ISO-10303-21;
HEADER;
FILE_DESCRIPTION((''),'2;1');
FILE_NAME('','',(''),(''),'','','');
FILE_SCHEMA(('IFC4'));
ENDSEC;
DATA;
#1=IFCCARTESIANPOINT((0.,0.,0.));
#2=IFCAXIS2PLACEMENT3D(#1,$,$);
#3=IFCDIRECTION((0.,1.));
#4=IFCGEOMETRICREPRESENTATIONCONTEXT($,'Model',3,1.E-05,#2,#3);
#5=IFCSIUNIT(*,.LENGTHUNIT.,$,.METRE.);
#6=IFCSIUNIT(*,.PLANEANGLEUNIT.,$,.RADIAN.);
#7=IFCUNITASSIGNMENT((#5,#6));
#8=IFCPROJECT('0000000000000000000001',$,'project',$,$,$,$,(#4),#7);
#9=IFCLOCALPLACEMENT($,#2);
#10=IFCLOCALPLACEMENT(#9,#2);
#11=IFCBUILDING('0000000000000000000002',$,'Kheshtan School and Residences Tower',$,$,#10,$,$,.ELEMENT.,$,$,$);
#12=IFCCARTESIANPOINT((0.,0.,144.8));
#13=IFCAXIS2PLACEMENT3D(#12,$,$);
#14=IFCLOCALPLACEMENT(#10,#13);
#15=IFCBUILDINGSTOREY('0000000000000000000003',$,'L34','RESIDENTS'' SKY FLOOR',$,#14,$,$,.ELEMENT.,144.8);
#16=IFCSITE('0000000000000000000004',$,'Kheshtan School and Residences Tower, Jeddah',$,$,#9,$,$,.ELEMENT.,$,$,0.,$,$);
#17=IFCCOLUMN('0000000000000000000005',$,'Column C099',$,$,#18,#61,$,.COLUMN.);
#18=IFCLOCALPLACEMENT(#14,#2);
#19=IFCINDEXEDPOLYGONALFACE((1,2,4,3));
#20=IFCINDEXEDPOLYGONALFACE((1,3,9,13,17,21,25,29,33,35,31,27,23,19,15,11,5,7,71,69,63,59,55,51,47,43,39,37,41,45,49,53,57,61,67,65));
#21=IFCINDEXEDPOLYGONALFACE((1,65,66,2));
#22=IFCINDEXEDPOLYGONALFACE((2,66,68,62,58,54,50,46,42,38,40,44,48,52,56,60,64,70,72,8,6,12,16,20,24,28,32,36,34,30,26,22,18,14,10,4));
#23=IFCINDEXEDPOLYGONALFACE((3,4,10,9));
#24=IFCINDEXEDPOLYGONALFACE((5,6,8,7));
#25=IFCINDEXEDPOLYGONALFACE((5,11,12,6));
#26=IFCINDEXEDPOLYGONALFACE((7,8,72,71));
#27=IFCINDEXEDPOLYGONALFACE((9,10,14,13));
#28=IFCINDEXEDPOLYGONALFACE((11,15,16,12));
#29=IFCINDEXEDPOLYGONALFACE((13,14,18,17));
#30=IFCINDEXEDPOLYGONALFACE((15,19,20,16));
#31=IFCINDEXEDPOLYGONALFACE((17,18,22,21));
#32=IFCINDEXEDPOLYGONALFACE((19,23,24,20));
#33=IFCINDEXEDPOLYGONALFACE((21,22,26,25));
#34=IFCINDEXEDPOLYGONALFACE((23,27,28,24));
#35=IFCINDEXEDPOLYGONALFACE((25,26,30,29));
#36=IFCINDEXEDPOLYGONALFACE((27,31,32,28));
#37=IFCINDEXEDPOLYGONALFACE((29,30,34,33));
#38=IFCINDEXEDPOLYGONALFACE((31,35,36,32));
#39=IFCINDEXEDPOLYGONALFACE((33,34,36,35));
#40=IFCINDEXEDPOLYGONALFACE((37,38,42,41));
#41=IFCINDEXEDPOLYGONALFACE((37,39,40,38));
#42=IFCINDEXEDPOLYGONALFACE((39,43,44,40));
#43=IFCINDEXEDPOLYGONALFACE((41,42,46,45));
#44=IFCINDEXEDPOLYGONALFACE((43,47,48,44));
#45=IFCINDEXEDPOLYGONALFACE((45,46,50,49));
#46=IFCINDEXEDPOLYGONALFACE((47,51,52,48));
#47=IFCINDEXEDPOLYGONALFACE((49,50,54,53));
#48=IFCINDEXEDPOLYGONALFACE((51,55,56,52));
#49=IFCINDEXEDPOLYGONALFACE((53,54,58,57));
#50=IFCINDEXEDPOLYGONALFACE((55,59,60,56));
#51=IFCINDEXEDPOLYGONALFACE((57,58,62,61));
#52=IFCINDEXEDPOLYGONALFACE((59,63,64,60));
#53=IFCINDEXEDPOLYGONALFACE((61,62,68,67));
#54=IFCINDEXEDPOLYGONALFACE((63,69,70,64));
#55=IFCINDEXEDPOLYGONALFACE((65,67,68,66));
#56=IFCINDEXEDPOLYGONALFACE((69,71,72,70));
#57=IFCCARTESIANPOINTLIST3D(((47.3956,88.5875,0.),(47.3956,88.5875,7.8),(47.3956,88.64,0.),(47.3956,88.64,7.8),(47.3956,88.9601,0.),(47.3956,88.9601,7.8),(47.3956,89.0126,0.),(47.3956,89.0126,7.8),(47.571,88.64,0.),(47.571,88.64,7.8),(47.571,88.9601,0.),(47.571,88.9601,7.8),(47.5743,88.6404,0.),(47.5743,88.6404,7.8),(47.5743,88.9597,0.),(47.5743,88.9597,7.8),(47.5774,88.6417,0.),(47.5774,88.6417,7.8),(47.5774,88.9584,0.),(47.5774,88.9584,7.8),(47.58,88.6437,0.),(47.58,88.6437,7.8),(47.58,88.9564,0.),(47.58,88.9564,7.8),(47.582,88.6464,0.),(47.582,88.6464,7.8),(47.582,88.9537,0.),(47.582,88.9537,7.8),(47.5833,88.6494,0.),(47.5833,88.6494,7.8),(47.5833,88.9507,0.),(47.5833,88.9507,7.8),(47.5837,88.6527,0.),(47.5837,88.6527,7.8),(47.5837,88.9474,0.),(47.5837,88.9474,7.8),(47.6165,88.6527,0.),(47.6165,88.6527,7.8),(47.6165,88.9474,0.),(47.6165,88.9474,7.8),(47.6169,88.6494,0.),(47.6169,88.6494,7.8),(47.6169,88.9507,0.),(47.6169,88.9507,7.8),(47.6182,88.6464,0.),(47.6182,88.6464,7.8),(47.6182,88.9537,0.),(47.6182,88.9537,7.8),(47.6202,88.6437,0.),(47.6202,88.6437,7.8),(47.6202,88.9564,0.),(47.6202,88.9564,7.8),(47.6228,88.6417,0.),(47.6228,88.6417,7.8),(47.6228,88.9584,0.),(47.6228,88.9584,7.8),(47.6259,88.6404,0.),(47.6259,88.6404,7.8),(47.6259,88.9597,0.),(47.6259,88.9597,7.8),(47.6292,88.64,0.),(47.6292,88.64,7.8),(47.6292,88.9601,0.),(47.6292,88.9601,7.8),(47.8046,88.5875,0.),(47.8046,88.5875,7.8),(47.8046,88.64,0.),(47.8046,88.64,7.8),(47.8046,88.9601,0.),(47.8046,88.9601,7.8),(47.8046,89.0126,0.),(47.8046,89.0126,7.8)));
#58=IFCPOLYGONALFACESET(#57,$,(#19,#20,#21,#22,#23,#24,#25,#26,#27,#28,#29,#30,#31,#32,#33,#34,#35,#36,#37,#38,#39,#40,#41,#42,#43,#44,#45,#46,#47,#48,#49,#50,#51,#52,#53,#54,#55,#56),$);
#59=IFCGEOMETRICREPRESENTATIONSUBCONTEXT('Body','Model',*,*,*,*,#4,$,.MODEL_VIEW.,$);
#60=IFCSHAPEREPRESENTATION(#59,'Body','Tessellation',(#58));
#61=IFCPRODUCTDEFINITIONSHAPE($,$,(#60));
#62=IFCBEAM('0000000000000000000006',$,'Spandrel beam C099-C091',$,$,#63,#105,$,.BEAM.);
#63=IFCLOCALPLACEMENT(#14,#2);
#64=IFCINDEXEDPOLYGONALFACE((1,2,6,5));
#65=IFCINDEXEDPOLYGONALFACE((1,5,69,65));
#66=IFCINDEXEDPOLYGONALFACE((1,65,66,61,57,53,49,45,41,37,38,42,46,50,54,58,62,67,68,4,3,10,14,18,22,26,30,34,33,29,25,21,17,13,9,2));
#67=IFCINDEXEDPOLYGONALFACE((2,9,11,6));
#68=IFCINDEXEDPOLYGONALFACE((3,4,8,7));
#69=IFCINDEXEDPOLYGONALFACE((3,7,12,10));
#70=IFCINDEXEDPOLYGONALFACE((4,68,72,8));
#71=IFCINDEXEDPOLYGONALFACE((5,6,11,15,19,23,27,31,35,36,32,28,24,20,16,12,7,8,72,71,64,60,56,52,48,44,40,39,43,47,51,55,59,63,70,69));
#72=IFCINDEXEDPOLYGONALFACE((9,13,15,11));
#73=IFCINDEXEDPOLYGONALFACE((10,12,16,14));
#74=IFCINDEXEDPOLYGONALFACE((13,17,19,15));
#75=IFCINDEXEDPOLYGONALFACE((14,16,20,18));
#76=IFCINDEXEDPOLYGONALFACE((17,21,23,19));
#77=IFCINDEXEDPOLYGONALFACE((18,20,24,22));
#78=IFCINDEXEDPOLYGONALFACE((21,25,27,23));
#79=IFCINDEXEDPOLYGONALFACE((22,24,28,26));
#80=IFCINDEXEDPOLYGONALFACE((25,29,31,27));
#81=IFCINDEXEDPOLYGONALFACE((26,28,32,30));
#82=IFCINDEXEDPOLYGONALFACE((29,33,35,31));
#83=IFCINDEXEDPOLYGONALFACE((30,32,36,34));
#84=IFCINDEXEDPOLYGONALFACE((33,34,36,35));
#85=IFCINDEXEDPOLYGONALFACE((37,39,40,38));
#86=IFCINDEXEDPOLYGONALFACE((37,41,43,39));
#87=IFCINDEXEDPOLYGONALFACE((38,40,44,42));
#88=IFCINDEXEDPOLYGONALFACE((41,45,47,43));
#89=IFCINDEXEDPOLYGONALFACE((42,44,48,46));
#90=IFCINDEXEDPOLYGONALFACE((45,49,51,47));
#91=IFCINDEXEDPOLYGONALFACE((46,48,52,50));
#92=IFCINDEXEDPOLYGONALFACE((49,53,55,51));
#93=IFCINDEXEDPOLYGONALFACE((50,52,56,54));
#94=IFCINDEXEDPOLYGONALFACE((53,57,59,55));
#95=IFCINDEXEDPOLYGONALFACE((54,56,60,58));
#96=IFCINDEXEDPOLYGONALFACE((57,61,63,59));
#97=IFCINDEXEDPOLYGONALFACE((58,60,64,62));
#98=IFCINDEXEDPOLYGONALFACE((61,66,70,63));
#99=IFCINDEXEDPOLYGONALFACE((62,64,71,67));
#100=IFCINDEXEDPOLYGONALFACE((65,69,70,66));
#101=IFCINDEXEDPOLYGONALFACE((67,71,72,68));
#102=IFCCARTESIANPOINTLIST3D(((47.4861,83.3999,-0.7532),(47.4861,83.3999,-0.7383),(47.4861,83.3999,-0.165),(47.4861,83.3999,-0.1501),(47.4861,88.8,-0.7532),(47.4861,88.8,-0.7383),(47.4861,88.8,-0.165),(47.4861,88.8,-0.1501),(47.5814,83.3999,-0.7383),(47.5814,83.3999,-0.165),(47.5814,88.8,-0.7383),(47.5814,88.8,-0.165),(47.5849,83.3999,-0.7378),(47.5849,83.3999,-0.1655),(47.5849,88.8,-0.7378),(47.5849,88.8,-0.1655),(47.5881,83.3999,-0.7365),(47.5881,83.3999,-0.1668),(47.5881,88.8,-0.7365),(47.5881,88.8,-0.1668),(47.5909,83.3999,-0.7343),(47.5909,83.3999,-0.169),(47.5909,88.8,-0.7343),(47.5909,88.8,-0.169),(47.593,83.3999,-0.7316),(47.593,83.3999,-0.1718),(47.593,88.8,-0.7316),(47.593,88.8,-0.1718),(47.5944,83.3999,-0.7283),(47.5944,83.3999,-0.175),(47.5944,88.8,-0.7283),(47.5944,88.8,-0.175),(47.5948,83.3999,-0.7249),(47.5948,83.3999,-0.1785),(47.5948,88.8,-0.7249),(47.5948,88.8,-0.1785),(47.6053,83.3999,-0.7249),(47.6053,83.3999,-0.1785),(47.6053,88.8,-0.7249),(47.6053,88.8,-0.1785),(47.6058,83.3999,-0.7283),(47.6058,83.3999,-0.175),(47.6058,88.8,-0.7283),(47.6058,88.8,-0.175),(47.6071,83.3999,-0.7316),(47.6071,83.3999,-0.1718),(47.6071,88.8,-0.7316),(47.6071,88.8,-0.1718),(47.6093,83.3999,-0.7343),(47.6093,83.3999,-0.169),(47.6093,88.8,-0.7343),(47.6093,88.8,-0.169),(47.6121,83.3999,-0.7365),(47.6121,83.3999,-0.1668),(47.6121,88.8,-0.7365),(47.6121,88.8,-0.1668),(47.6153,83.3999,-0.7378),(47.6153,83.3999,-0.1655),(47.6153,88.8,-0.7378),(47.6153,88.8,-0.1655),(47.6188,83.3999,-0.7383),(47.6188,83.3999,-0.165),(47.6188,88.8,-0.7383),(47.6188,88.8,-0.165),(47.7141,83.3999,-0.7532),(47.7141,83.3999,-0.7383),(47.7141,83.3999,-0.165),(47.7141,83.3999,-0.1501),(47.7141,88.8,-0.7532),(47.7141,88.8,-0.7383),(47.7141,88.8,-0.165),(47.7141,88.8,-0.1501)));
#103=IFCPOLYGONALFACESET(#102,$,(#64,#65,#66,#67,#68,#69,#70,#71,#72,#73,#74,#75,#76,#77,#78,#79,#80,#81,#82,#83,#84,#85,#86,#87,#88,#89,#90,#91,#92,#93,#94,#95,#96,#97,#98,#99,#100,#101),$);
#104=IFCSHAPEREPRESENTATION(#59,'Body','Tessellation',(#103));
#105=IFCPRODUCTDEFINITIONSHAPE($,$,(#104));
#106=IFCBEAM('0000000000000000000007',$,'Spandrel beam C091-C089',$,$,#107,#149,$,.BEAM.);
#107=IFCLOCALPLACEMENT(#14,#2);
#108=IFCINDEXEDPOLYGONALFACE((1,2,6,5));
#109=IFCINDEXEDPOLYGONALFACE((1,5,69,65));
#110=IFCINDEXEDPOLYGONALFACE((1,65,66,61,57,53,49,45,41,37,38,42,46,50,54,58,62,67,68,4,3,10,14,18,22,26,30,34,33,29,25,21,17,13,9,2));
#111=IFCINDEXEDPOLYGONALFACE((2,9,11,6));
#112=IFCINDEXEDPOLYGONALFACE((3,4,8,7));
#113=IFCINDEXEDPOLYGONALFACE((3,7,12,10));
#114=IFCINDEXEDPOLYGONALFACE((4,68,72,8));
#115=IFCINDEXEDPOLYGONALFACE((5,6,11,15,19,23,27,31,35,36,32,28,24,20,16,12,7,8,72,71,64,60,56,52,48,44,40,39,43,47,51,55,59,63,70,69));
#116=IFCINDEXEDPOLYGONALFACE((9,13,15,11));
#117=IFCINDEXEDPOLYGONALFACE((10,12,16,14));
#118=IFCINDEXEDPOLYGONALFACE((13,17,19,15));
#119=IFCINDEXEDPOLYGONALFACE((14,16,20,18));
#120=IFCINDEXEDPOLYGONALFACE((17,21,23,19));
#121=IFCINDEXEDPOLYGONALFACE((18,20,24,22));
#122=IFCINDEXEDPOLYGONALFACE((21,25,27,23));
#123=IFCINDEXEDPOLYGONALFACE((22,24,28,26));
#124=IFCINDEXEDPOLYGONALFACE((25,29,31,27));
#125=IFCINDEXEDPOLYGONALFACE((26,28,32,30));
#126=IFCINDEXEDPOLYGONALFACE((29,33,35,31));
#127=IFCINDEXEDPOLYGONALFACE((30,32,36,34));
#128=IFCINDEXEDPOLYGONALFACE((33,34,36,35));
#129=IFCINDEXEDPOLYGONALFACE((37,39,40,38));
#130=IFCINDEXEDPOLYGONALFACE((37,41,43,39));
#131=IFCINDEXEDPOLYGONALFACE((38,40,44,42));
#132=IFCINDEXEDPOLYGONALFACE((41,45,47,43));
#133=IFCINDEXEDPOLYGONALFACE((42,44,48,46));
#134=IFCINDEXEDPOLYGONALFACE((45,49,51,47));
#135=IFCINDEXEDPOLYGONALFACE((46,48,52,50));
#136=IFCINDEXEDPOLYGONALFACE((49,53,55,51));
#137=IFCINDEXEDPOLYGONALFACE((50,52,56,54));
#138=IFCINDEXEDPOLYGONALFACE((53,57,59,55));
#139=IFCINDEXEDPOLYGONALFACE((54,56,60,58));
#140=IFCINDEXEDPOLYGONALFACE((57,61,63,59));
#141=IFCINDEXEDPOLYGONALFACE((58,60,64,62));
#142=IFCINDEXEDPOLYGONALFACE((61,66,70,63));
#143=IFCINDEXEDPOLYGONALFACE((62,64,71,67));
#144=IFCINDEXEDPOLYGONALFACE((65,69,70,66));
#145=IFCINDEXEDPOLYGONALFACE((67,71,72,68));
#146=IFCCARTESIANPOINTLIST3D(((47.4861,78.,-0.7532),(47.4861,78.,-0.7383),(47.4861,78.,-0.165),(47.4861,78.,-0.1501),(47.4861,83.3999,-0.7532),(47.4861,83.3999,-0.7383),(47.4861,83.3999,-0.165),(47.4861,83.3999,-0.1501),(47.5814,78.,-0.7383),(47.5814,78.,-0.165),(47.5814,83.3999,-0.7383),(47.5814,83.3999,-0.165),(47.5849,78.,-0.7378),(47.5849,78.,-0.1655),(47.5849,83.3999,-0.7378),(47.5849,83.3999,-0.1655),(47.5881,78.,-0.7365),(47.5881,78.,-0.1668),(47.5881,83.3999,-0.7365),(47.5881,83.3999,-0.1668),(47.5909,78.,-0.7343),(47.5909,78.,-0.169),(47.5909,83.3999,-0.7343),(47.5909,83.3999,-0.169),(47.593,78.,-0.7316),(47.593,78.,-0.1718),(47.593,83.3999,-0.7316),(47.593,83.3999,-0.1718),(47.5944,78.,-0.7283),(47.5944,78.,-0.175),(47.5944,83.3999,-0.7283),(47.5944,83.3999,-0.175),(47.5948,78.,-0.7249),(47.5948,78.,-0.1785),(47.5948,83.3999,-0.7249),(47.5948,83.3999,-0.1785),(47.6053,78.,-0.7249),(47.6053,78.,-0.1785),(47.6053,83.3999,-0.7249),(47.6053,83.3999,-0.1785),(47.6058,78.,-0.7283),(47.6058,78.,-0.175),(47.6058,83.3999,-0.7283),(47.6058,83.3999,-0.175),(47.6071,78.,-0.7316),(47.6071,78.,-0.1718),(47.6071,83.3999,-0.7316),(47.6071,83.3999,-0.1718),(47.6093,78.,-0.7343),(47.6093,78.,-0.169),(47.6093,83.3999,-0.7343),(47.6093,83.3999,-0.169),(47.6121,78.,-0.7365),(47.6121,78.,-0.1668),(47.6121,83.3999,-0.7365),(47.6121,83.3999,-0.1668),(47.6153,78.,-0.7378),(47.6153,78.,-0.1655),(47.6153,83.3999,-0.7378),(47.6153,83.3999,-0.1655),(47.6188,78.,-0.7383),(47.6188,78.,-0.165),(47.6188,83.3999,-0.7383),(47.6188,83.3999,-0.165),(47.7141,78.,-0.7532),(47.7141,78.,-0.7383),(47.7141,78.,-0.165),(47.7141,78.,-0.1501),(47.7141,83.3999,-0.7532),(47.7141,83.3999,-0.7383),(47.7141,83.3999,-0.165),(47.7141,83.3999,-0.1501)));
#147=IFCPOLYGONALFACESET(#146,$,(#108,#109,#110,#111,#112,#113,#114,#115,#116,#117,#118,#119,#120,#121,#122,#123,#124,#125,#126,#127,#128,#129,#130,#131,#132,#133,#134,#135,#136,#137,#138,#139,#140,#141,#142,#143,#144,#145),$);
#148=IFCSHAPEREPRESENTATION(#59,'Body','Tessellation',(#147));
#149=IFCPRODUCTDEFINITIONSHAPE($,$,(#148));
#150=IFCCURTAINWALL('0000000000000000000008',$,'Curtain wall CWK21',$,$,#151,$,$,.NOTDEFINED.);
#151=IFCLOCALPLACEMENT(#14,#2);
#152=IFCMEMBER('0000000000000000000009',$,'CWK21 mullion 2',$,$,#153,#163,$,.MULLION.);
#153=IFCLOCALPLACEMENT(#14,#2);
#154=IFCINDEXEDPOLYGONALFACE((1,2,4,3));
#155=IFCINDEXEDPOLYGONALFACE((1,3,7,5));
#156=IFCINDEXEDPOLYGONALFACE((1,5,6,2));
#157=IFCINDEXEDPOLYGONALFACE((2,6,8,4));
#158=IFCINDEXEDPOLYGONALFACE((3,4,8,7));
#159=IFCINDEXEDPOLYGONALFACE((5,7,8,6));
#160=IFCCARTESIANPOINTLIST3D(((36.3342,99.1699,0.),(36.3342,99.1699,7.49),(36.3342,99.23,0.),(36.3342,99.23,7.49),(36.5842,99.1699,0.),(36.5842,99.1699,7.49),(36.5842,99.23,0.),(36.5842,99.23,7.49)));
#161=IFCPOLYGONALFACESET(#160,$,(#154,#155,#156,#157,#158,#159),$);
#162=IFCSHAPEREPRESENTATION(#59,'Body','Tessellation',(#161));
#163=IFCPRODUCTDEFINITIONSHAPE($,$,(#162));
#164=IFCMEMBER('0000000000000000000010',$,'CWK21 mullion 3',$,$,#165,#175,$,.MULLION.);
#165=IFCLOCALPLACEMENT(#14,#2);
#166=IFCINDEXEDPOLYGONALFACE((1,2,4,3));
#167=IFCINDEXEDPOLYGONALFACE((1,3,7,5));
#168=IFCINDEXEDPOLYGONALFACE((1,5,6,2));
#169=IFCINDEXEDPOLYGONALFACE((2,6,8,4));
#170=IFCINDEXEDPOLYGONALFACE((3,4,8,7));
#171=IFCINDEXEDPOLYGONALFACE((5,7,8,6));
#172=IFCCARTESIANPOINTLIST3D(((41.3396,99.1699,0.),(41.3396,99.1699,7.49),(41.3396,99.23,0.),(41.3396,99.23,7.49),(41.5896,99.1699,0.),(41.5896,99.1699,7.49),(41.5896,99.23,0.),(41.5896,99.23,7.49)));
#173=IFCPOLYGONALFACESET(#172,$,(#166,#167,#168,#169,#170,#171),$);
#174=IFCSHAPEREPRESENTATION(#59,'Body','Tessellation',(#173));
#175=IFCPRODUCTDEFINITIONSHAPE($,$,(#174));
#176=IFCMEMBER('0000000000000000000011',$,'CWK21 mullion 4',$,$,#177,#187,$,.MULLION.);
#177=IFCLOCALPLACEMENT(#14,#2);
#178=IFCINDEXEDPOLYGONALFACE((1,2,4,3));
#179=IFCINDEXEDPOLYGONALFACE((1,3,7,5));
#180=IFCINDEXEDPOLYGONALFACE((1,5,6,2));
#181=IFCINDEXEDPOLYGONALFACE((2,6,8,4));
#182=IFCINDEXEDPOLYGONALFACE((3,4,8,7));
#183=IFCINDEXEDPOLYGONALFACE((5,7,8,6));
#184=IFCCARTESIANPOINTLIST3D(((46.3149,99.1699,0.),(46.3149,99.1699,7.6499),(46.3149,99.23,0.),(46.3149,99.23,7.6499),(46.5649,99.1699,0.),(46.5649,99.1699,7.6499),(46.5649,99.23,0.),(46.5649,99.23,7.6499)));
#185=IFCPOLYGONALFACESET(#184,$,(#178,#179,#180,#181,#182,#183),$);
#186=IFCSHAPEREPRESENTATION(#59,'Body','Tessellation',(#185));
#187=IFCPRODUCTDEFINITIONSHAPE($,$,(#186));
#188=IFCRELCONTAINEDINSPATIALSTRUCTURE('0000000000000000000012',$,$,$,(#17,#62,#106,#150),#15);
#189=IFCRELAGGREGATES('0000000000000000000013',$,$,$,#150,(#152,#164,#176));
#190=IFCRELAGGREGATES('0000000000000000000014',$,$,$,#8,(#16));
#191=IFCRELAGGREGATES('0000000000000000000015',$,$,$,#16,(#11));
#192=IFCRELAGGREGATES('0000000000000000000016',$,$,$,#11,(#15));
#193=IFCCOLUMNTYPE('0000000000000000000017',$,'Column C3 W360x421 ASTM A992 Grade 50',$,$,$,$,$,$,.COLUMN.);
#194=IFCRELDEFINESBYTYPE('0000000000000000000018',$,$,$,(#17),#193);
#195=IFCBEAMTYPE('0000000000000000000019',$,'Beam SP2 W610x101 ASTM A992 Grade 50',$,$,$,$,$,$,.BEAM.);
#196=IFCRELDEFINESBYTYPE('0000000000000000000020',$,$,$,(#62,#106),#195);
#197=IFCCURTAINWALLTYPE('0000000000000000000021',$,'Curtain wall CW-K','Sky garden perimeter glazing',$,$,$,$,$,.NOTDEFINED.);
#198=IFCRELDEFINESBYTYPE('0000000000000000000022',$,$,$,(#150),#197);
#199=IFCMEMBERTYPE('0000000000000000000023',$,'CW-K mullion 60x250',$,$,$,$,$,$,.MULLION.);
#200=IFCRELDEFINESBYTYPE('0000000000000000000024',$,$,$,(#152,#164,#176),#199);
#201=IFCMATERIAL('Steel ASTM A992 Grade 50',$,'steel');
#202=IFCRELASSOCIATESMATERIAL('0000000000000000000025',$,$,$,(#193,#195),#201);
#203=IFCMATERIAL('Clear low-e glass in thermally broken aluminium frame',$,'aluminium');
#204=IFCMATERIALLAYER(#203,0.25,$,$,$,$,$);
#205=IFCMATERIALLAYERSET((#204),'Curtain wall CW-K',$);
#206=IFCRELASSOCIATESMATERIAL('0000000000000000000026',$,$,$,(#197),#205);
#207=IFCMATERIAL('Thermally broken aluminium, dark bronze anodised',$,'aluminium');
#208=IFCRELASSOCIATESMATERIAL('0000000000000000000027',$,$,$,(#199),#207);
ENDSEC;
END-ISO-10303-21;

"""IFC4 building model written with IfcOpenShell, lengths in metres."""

from ifc_helpers import new_model, si_unit, direction, frame, origin, origin_2d, place, context, subcontext, project, spatial, rectangle, i_section, extrude, material, layer, layer_set, material_profile, profile_set, type_object, element, aggregate, save


model = new_model("IFC4")

# Units and contexts
model_context = context("Model", 3, precision=1e-05, world=origin(), true_north=direction((0.0, 1.0)))
body_context = subcontext(model_context, "Body", "Model", "MODEL_VIEW")
ifc_project = project(units=[si_unit("LENGTHUNIT", "METRE"), si_unit("PLANEANGLEUNIT", "RADIAN")], contexts=[model_context])

# Site, building, storey
site_placement = place(None, origin())
site = spatial("IfcSite", under=ifc_project, at=site_placement, Name="Kheshtan School and Residences Tower, Jeddah", CompositionType="ELEMENT", RefElevation=0.0)
building_placement = place(site_placement, origin())
building = spatial("IfcBuilding", under=site, at=building_placement, Name="Kheshtan School and Residences Tower", CompositionType="ELEMENT")
storey_placement = place(building_placement, frame((0.0, 0.0, 144.8)))
storey = spatial("IfcBuildingStorey", under=building, at=storey_placement, Name="L34", Description="RESIDENTS' SKY FLOOR", CompositionType="ELEMENT", Elevation=144.8)

# Column
ifc_material_1 = material(Name="Steel ASTM A992 Grade 50", Category="steel")
ifc_material_profile_1 = material_profile(ifc_material_1, i_section(OverallWidth=0.4089, OverallDepth=0.425, WebThickness=0.0327, FlangeThickness=0.0525, FilletRadius=0.0127, at=origin_2d()), Name="W360x421")
ifc_profile_set_1 = profile_set([ifc_material_profile_1], Name="Steel ASTM A992 Grade 50")
column_type = type_object("IfcColumnType", Name="Column C3 W360x421 ASTM A992 Grade 50", PredefinedType="COLUMN", material=ifc_profile_set_1)
column_placement = place(storey_placement, frame((47.6001, 88.8, 0.0), z_axis=(0.0, 0.0, 1.0), x_axis=(1.0, 0.0, 0.0)))
element("IfcColumn", 1, at=column_placement, inside=storey, type_object=column_type, Name="Column C099", PredefinedType="COLUMN", context=body_context, shape_type="SweptSolid", body=[
    extrude(i_section(OverallWidth=0.4089, OverallDepth=0.425, WebThickness=0.0327, FlangeThickness=0.0525, FilletRadius=0.0127, at=origin_2d()), origin(), (0.0, 0.0, 1.0), 7.8),
])

# Beams
ifc_material_profile_2 = material_profile(ifc_material_1, i_section(OverallWidth=0.228, OverallDepth=0.603, WebThickness=0.0105, FlangeThickness=0.0149, FilletRadius=0.0134, at=origin_2d()), Name="W610x101")
ifc_profile_set_2 = profile_set([ifc_material_profile_2], Name="Steel ASTM A992 Grade 50")
beam_type = type_object("IfcBeamType", Name="Beam SP2 W610x101 ASTM A992 Grade 50", PredefinedType="BEAM", material=ifc_profile_set_2)
beam_1_placement = place(storey_placement, frame((47.6001, 88.8, -0.4517), z_axis=(0.0, -1.0, 0.0), x_axis=(1.0, 0.0, 0.0)))
element("IfcBeam", 2, at=beam_1_placement, inside=storey, type_object=beam_type, Name="Spandrel beam C099-C091", PredefinedType="BEAM", context=body_context, shape_type="SweptSolid", body=[
    extrude(i_section(OverallWidth=0.228, OverallDepth=0.603, WebThickness=0.0105, FlangeThickness=0.0149, FilletRadius=0.0134, at=origin_2d()), origin(), (0.0, 0.0, 1.0), 5.4001),
])
beam_2_placement = place(storey_placement, frame((47.6001, 83.3999, -0.4517), z_axis=(0.0, -1.0, 0.0), x_axis=(1.0, 0.0, 0.0)))
element("IfcBeam", 3, at=beam_2_placement, inside=storey, type_object=beam_type, Name="Spandrel beam C091-C089", PredefinedType="BEAM", context=body_context, shape_type="SweptSolid", body=[
    extrude(i_section(OverallWidth=0.228, OverallDepth=0.603, WebThickness=0.0105, FlangeThickness=0.0149, FilletRadius=0.0134, at=origin_2d()), origin(), (0.0, 0.0, 1.0), 5.3999),
])

# Curtain wall, members
ifc_material_2 = material(Name="Clear low-e glass in thermally broken aluminium frame", Category="aluminium")
ifc_layer_1 = layer(ifc_material_2, 0.25)
ifc_layer_set_1 = layer_set([ifc_layer_1], Name="Curtain wall CW-K")
curtain_wall_type = type_object("IfcCurtainWallType", Name="Curtain wall CW-K", Description="Sky garden perimeter glazing", PredefinedType="NOTDEFINED", material=ifc_layer_set_1)
curtain_wall_1_placement = place(storey_placement, origin())
curtain_wall_1 = element("IfcCurtainWall", 4, at=curtain_wall_1_placement, inside=storey, type_object=curtain_wall_type, Name="Curtain wall CWK21", PredefinedType="NOTDEFINED")
ifc_material_3 = material(Name="Thermally broken aluminium, dark bronze anodised", Category="aluminium")
ifc_material_profile_3 = material_profile(ifc_material_3, rectangle(XDim=0.0601, YDim=0.25, at=origin_2d()), Name="CW-K mullion 60x250")
ifc_profile_set_3 = profile_set([ifc_material_profile_3], Name="Thermally broken aluminium, dark bronze anodised")
member_type_1 = type_object("IfcMemberType", Name="CW-K mullion 60x250", PredefinedType="MULLION", material=ifc_profile_set_3)
member_1_placement = place(storey_placement, frame((36.4592, 99.2, 0.0), z_axis=(0.0, 0.0, 1.0), x_axis=(0.0, 1.0, 0.0)))
member_1 = element("IfcMember", 5, at=member_1_placement, type_object=member_type_1, Name="CWK21 mullion 2", PredefinedType="MULLION", context=body_context, shape_type="SweptSolid", body=[
    extrude(rectangle(XDim=0.0601, YDim=0.25, at=origin_2d()), origin(), (0.0, 0.0, 1.0), 7.49),
])
member_2_placement = place(storey_placement, frame((41.4646, 99.2, 0.0), z_axis=(0.0, 0.0, 1.0), x_axis=(0.0, 1.0, 0.0)))
member_2 = element("IfcMember", 6, at=member_2_placement, type_object=member_type_1, Name="CWK21 mullion 3", PredefinedType="MULLION", context=body_context, shape_type="SweptSolid", body=[
    extrude(rectangle(XDim=0.0601, YDim=0.25, at=origin_2d()), origin(), (0.0, 0.0, 1.0), 7.49),
])
member_3_placement = place(storey_placement, frame((46.4399, 99.2, 0.0), z_axis=(0.0, 0.0, 1.0), x_axis=(0.0, 1.0, 0.0)))
member_3 = element("IfcMember", 7, at=member_3_placement, type_object=member_type_1, Name="CWK21 mullion 4", PredefinedType="MULLION", context=body_context, shape_type="SweptSolid", body=[
    extrude(rectangle(XDim=0.0601, YDim=0.25, at=origin_2d()), origin(), (0.0, 0.0, 1.0), 7.6499),
])

aggregate(curtain_wall_1, [member_1, member_2, member_3])

save(model, "model.ifc")
